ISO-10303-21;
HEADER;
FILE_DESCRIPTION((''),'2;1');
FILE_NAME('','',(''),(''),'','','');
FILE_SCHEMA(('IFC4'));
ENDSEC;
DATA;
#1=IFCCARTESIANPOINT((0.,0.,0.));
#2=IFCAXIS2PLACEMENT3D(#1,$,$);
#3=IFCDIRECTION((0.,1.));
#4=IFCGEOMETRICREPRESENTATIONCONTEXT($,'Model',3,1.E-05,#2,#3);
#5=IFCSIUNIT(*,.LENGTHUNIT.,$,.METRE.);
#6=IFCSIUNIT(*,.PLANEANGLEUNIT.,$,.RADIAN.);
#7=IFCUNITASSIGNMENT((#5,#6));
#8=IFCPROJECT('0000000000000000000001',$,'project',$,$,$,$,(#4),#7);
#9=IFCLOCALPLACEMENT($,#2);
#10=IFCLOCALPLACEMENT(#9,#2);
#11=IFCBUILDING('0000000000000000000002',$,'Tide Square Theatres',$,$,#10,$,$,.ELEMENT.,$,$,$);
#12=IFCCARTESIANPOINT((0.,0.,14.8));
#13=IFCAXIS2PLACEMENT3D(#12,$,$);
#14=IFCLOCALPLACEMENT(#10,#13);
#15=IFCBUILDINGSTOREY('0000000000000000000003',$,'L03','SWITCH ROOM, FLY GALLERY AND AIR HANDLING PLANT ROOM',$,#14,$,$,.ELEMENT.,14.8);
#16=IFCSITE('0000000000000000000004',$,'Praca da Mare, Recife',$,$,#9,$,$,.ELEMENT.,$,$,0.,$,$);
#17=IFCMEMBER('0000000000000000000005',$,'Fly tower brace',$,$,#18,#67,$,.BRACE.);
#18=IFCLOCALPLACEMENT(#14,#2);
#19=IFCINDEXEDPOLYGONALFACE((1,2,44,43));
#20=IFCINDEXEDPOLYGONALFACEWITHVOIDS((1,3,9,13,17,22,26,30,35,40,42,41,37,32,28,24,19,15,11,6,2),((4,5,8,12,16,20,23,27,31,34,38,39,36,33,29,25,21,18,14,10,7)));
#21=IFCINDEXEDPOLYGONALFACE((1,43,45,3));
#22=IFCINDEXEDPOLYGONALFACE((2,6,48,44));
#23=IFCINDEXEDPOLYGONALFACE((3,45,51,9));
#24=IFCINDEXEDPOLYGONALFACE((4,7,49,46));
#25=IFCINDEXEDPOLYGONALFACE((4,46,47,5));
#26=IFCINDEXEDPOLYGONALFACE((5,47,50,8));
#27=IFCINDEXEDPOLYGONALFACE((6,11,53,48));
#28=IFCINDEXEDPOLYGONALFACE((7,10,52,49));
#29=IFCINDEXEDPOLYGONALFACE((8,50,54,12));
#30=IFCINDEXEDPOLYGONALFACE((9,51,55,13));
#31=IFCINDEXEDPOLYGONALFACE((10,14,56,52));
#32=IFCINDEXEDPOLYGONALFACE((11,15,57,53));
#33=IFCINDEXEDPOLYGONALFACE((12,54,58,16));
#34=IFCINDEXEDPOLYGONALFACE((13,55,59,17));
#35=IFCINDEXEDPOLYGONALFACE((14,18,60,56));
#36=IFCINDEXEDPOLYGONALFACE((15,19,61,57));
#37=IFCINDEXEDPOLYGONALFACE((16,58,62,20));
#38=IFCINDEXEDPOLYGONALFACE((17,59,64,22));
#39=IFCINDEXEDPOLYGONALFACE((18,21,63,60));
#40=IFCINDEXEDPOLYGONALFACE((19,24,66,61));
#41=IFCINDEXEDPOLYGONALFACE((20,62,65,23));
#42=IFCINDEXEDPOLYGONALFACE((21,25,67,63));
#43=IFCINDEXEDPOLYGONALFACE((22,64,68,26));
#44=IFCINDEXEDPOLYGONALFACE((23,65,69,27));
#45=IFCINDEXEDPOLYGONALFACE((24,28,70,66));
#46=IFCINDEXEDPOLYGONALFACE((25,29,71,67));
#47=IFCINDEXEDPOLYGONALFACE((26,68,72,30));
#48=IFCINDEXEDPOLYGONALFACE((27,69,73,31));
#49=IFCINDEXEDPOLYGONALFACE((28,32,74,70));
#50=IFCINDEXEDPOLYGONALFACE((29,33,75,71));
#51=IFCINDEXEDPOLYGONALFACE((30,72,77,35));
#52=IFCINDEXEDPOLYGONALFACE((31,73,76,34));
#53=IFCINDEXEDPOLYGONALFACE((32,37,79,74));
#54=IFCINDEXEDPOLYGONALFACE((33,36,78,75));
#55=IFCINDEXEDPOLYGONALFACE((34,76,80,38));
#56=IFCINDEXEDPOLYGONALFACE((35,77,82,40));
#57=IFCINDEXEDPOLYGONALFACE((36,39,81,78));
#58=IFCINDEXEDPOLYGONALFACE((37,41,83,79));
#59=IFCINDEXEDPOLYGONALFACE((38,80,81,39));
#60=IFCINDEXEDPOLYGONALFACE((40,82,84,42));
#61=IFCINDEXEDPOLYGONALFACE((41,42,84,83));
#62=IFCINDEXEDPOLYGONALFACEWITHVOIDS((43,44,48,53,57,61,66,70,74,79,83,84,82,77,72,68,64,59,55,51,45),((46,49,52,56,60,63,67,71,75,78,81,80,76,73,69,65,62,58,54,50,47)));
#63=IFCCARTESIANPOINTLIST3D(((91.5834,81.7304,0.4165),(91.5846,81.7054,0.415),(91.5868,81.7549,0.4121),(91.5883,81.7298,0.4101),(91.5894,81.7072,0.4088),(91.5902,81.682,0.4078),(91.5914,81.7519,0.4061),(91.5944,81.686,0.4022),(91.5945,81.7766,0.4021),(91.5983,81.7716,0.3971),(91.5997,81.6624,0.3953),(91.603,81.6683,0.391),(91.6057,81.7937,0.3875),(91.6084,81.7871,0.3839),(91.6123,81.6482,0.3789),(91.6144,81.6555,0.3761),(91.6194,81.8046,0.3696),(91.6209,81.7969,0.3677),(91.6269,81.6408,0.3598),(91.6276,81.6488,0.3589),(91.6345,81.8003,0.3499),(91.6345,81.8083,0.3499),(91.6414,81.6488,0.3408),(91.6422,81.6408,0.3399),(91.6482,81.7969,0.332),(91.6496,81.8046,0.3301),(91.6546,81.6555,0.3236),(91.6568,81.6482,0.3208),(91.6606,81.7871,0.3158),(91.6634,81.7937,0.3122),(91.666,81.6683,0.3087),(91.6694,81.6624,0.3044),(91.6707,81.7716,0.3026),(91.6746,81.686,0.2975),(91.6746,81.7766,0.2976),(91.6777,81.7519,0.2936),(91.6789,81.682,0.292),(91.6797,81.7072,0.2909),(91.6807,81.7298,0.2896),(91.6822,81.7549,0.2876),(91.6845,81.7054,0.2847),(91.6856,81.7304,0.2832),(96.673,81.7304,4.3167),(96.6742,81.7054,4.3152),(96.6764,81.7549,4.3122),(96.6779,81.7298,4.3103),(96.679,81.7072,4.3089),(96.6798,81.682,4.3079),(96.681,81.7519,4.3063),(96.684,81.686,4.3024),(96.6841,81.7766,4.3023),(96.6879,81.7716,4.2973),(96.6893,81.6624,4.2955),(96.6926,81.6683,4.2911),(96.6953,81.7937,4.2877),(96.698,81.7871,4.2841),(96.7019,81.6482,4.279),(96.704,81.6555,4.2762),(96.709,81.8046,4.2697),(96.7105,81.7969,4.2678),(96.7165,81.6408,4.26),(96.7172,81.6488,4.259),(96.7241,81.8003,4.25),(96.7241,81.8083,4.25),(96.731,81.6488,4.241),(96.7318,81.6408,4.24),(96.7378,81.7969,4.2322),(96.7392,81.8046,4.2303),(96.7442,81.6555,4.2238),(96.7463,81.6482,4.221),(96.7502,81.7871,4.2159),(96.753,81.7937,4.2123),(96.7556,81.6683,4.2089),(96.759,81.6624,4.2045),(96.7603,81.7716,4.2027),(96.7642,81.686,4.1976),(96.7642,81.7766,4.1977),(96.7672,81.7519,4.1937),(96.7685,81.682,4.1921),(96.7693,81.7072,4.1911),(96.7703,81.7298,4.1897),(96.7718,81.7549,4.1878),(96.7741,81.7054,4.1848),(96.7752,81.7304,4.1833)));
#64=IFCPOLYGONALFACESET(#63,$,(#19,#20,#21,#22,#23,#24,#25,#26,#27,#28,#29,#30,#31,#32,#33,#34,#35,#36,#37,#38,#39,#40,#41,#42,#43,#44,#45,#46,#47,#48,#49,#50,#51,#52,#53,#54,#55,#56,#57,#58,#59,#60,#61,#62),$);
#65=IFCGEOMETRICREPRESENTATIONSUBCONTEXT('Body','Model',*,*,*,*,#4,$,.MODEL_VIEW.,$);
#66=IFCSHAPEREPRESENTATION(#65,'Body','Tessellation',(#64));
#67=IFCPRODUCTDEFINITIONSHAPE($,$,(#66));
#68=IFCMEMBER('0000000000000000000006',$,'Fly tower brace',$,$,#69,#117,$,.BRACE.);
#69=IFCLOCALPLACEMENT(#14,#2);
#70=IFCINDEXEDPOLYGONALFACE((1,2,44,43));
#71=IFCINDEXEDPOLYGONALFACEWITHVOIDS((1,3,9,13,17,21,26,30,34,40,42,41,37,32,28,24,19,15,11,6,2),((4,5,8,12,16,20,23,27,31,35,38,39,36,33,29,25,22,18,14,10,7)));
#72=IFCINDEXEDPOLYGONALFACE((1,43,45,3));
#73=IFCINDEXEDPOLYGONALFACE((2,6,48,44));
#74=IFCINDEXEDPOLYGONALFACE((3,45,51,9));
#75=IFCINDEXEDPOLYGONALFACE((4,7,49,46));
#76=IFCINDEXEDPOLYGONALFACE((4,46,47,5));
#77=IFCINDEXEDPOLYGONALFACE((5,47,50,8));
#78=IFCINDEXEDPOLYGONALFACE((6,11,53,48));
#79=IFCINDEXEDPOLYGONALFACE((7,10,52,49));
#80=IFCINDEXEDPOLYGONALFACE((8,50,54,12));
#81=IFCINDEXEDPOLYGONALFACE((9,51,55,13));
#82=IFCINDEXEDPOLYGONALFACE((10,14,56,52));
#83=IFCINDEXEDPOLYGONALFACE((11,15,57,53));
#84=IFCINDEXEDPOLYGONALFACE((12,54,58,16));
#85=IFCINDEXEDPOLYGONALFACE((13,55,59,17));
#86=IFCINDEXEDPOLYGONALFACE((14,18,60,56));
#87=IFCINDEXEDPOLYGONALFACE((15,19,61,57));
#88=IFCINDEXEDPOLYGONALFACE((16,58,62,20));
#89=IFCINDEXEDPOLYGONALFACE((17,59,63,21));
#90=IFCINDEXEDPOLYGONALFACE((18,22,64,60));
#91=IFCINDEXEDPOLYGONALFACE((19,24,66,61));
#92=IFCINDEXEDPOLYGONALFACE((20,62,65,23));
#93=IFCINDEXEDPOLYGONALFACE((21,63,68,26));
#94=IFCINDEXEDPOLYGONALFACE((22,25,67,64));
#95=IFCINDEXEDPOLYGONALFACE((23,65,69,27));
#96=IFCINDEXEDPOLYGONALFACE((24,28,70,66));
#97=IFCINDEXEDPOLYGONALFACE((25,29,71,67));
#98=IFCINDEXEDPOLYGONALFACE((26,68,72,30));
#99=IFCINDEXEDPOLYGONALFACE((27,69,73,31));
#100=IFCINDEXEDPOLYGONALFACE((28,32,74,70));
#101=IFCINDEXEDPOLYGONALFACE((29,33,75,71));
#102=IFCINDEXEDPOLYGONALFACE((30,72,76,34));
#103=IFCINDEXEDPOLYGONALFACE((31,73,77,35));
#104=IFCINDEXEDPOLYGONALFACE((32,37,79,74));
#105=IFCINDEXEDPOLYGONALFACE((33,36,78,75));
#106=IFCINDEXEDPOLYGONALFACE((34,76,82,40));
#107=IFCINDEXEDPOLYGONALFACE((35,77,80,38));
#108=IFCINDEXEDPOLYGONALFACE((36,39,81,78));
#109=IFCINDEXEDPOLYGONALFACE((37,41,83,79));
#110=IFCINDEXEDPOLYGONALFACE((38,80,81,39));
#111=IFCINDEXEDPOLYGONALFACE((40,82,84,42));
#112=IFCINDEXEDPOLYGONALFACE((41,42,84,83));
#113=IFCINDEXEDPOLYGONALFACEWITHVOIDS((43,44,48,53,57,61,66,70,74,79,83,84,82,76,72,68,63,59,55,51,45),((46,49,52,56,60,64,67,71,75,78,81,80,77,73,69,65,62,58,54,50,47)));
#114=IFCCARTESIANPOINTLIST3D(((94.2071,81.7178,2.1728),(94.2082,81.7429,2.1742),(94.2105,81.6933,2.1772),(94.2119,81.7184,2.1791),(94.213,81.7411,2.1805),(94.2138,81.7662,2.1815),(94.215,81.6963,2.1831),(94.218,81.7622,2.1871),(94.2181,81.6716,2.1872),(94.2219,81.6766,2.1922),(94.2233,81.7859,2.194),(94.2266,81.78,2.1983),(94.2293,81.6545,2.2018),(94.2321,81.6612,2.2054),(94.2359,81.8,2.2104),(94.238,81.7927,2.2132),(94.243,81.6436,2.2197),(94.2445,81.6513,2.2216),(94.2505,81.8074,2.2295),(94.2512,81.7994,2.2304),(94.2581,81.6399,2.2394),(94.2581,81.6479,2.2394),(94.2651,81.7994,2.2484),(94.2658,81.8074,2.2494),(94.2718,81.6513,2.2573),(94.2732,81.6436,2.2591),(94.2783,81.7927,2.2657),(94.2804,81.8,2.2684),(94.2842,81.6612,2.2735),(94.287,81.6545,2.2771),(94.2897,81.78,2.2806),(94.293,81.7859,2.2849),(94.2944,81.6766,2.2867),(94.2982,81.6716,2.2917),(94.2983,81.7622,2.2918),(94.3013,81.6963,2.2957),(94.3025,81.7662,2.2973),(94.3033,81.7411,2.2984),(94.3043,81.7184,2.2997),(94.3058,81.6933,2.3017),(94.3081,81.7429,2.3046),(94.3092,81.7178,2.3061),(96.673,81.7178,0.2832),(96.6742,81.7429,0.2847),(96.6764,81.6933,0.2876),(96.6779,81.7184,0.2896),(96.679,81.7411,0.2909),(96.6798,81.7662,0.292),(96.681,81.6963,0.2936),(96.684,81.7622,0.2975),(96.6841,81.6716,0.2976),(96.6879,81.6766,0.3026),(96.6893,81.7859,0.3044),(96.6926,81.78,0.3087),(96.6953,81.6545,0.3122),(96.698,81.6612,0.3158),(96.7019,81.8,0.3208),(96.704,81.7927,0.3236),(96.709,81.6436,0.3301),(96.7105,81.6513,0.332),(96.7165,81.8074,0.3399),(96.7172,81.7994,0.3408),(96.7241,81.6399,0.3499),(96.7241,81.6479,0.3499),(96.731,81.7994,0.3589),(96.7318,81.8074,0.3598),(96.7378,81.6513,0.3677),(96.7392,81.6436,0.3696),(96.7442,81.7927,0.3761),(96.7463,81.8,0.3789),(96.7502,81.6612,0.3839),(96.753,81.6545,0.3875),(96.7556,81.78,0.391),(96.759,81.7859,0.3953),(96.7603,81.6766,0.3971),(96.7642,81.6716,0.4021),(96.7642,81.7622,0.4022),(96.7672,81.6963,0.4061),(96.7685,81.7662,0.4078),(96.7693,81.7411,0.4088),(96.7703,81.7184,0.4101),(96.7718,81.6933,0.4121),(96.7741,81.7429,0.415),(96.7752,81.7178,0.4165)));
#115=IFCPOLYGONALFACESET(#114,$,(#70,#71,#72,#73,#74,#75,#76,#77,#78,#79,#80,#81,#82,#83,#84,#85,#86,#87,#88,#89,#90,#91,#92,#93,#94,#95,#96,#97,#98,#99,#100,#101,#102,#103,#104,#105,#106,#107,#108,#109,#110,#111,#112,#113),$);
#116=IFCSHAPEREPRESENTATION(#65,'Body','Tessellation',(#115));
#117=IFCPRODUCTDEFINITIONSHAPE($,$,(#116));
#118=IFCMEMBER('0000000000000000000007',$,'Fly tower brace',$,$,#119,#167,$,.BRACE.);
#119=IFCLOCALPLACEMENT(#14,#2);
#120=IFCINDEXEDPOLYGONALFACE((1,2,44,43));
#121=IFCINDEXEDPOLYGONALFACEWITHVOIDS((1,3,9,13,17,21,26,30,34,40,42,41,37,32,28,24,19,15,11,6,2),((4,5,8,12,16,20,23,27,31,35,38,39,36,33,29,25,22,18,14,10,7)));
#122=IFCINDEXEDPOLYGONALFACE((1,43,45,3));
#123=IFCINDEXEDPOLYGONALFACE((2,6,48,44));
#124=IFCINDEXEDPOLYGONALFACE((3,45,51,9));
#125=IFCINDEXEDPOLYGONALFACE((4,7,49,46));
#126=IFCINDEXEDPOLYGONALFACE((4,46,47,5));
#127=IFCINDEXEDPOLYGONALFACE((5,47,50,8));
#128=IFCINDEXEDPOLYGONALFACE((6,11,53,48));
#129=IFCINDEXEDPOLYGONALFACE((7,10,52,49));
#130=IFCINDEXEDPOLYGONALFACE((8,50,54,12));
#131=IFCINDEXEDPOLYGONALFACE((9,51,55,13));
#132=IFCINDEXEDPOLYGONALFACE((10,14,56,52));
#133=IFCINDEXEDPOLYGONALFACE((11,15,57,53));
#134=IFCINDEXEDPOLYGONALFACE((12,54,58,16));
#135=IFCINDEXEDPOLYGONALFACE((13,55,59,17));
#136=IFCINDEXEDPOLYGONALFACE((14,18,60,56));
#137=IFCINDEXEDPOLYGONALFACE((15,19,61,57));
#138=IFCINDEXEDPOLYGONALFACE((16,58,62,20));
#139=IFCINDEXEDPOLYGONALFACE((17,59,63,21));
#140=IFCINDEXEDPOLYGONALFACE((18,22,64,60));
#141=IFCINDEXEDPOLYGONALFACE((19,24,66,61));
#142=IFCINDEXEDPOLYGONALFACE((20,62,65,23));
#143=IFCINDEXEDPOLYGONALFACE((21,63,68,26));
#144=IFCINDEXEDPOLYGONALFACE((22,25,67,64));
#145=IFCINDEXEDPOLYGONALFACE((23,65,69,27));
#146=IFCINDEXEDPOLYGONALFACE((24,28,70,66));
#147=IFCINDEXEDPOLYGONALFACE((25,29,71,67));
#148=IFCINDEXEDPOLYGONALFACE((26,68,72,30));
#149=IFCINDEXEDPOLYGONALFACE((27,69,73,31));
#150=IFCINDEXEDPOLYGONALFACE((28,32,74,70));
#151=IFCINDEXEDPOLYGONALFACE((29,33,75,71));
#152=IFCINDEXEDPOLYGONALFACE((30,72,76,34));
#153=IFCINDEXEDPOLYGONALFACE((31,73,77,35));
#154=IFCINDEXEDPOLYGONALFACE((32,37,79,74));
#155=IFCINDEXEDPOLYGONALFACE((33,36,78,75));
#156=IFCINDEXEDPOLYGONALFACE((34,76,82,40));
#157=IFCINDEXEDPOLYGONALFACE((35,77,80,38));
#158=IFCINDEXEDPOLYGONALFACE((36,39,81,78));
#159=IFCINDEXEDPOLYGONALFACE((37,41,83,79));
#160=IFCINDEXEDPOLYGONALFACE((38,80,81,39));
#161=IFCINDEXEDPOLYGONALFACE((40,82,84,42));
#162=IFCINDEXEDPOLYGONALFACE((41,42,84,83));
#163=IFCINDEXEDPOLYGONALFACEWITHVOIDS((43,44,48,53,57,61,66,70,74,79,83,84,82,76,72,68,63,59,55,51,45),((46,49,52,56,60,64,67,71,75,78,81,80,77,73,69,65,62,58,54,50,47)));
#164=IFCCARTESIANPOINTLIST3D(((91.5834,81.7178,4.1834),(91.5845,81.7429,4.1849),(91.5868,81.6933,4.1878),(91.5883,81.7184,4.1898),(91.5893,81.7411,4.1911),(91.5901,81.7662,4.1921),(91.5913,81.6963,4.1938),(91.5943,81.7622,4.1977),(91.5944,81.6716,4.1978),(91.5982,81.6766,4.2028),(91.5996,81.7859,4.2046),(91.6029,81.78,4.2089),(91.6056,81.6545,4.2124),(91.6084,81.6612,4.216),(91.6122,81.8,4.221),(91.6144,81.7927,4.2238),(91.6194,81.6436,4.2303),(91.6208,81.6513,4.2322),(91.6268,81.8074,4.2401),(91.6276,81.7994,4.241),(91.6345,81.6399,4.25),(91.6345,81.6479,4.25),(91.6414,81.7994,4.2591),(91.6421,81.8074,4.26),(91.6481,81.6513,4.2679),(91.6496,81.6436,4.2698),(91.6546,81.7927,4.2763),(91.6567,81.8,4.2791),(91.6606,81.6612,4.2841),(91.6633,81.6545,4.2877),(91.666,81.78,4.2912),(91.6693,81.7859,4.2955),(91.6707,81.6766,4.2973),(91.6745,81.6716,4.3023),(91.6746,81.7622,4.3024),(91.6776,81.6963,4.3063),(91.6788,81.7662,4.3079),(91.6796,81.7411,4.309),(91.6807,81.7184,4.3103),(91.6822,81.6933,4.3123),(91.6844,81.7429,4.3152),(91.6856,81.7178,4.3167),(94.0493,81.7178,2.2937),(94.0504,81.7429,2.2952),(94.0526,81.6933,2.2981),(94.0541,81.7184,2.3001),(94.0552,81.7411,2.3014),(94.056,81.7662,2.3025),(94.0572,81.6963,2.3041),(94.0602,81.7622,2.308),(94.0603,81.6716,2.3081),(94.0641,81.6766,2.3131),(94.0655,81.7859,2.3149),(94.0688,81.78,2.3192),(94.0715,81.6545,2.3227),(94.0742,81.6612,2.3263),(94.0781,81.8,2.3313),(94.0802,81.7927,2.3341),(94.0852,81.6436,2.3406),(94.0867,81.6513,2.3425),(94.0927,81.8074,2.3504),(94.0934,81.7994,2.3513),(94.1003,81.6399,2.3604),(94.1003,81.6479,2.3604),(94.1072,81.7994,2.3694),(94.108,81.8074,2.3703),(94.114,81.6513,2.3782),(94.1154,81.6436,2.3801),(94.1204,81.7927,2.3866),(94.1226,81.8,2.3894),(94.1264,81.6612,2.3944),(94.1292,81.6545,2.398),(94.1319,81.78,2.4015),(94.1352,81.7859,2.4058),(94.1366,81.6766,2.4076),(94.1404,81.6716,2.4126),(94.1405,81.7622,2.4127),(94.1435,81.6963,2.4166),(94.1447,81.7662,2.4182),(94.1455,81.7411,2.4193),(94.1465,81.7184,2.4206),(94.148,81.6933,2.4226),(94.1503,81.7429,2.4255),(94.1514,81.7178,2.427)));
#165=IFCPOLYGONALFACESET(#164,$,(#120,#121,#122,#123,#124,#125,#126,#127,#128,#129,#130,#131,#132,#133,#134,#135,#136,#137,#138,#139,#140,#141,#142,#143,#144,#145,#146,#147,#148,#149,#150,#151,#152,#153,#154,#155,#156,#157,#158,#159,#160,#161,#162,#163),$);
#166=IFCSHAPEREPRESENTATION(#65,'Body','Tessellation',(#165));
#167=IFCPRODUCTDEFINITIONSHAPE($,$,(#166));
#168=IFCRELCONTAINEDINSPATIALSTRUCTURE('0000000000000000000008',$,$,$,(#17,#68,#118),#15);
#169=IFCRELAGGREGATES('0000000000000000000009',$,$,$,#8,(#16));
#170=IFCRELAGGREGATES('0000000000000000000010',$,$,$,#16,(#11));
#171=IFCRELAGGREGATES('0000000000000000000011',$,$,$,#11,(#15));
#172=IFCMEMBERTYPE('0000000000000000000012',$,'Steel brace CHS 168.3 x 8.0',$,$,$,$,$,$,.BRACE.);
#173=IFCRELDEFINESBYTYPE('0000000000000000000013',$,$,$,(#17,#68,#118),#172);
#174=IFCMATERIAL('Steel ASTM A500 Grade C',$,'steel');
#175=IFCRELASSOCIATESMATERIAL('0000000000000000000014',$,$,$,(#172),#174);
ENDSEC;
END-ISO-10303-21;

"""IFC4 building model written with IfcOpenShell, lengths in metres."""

from ifc_helpers import new_model, si_unit, direction, frame, origin, origin_2d, place, context, subcontext, project, spatial, hollow_circle, extrude, material, material_profile, profile_set, type_object, element, save


model = new_model("IFC4")

# Units and contexts
model_context = context("Model", 3, precision=1e-05, world=origin(), true_north=direction((0.0, 1.0)))
body_context = subcontext(model_context, "Body", "Model", "MODEL_VIEW")
ifc_project = project(units=[si_unit("LENGTHUNIT", "METRE"), si_unit("PLANEANGLEUNIT", "RADIAN")], contexts=[model_context])

# Site, building, storey
site_placement = place(None, origin())
site = spatial("IfcSite", under=ifc_project, at=site_placement, Name="Praca da Mare, Recife", CompositionType="ELEMENT", RefElevation=0.0)
building_placement = place(site_placement, origin())
building = spatial("IfcBuilding", under=site, at=building_placement, Name="Tide Square Theatres", CompositionType="ELEMENT")
storey_placement = place(building_placement, frame((0.0, 0.0, 14.8)))
storey = spatial("IfcBuildingStorey", under=building, at=storey_placement, Name="L03", Description="SWITCH ROOM, FLY GALLERY AND AIR HANDLING PLANT ROOM", CompositionType="ELEMENT", Elevation=14.8)

# Members
ifc_material_1 = material(Name="Steel ASTM A500 Grade C", Category="steel")
ifc_material_profile_1 = material_profile(ifc_material_1, hollow_circle(Radius=0.0842, WallThickness=0.0081, at=origin_2d()))
ifc_profile_set_1 = profile_set([ifc_material_profile_1], Name="Steel ASTM A500 Grade C")
member_type = type_object("IfcMemberType", Name="Steel brace CHS 168.3 x 8.0", PredefinedType="BRACE", material=ifc_profile_set_1)
member_1_placement = place(storey_placement, frame((91.6345, 81.7241, 0.3499), z_axis=(0.793748, 0.0, 0.608247), x_axis=(0.0, 1.0, 0.0)))
element("IfcMember", 1, at=member_1_placement, inside=storey, type_object=member_type, Name="Fly tower brace", PredefinedType="BRACE", context=body_context, shape_type="SweptSolid", body=[
    extrude(hollow_circle(Radius=0.0842, WallThickness=0.0081, at=origin_2d()), origin(), (0.0, 0.0, 1.0), 6.4121),
])
for number, where, z_axis, x_axis, name in (
    (2, (96.7241, 81.7241, 0.3499), (-0.793762, 0.0, 0.608229), (0.0, -1.0, 0.0), "Fly tower brace"),
    (3, (94.1003, 81.7241, 2.3604), (-0.793733, 0.0, 0.608267), (0.0, -1.0, 0.0), "Fly tower brace"),
):
    element("IfcMember", number, at=place(storey_placement, frame(where, z_axis=z_axis, x_axis=x_axis)), inside=storey, type_object=member_type, Name=name, PredefinedType="BRACE", context=body_context, shape_type="SweptSolid", body=[
        extrude(hollow_circle(Radius=0.0842, WallThickness=0.0081, at=origin_2d()), origin(), (0.0, 0.0, 1.0), 3.1067),
    ])

save(model, "model.ifc")
